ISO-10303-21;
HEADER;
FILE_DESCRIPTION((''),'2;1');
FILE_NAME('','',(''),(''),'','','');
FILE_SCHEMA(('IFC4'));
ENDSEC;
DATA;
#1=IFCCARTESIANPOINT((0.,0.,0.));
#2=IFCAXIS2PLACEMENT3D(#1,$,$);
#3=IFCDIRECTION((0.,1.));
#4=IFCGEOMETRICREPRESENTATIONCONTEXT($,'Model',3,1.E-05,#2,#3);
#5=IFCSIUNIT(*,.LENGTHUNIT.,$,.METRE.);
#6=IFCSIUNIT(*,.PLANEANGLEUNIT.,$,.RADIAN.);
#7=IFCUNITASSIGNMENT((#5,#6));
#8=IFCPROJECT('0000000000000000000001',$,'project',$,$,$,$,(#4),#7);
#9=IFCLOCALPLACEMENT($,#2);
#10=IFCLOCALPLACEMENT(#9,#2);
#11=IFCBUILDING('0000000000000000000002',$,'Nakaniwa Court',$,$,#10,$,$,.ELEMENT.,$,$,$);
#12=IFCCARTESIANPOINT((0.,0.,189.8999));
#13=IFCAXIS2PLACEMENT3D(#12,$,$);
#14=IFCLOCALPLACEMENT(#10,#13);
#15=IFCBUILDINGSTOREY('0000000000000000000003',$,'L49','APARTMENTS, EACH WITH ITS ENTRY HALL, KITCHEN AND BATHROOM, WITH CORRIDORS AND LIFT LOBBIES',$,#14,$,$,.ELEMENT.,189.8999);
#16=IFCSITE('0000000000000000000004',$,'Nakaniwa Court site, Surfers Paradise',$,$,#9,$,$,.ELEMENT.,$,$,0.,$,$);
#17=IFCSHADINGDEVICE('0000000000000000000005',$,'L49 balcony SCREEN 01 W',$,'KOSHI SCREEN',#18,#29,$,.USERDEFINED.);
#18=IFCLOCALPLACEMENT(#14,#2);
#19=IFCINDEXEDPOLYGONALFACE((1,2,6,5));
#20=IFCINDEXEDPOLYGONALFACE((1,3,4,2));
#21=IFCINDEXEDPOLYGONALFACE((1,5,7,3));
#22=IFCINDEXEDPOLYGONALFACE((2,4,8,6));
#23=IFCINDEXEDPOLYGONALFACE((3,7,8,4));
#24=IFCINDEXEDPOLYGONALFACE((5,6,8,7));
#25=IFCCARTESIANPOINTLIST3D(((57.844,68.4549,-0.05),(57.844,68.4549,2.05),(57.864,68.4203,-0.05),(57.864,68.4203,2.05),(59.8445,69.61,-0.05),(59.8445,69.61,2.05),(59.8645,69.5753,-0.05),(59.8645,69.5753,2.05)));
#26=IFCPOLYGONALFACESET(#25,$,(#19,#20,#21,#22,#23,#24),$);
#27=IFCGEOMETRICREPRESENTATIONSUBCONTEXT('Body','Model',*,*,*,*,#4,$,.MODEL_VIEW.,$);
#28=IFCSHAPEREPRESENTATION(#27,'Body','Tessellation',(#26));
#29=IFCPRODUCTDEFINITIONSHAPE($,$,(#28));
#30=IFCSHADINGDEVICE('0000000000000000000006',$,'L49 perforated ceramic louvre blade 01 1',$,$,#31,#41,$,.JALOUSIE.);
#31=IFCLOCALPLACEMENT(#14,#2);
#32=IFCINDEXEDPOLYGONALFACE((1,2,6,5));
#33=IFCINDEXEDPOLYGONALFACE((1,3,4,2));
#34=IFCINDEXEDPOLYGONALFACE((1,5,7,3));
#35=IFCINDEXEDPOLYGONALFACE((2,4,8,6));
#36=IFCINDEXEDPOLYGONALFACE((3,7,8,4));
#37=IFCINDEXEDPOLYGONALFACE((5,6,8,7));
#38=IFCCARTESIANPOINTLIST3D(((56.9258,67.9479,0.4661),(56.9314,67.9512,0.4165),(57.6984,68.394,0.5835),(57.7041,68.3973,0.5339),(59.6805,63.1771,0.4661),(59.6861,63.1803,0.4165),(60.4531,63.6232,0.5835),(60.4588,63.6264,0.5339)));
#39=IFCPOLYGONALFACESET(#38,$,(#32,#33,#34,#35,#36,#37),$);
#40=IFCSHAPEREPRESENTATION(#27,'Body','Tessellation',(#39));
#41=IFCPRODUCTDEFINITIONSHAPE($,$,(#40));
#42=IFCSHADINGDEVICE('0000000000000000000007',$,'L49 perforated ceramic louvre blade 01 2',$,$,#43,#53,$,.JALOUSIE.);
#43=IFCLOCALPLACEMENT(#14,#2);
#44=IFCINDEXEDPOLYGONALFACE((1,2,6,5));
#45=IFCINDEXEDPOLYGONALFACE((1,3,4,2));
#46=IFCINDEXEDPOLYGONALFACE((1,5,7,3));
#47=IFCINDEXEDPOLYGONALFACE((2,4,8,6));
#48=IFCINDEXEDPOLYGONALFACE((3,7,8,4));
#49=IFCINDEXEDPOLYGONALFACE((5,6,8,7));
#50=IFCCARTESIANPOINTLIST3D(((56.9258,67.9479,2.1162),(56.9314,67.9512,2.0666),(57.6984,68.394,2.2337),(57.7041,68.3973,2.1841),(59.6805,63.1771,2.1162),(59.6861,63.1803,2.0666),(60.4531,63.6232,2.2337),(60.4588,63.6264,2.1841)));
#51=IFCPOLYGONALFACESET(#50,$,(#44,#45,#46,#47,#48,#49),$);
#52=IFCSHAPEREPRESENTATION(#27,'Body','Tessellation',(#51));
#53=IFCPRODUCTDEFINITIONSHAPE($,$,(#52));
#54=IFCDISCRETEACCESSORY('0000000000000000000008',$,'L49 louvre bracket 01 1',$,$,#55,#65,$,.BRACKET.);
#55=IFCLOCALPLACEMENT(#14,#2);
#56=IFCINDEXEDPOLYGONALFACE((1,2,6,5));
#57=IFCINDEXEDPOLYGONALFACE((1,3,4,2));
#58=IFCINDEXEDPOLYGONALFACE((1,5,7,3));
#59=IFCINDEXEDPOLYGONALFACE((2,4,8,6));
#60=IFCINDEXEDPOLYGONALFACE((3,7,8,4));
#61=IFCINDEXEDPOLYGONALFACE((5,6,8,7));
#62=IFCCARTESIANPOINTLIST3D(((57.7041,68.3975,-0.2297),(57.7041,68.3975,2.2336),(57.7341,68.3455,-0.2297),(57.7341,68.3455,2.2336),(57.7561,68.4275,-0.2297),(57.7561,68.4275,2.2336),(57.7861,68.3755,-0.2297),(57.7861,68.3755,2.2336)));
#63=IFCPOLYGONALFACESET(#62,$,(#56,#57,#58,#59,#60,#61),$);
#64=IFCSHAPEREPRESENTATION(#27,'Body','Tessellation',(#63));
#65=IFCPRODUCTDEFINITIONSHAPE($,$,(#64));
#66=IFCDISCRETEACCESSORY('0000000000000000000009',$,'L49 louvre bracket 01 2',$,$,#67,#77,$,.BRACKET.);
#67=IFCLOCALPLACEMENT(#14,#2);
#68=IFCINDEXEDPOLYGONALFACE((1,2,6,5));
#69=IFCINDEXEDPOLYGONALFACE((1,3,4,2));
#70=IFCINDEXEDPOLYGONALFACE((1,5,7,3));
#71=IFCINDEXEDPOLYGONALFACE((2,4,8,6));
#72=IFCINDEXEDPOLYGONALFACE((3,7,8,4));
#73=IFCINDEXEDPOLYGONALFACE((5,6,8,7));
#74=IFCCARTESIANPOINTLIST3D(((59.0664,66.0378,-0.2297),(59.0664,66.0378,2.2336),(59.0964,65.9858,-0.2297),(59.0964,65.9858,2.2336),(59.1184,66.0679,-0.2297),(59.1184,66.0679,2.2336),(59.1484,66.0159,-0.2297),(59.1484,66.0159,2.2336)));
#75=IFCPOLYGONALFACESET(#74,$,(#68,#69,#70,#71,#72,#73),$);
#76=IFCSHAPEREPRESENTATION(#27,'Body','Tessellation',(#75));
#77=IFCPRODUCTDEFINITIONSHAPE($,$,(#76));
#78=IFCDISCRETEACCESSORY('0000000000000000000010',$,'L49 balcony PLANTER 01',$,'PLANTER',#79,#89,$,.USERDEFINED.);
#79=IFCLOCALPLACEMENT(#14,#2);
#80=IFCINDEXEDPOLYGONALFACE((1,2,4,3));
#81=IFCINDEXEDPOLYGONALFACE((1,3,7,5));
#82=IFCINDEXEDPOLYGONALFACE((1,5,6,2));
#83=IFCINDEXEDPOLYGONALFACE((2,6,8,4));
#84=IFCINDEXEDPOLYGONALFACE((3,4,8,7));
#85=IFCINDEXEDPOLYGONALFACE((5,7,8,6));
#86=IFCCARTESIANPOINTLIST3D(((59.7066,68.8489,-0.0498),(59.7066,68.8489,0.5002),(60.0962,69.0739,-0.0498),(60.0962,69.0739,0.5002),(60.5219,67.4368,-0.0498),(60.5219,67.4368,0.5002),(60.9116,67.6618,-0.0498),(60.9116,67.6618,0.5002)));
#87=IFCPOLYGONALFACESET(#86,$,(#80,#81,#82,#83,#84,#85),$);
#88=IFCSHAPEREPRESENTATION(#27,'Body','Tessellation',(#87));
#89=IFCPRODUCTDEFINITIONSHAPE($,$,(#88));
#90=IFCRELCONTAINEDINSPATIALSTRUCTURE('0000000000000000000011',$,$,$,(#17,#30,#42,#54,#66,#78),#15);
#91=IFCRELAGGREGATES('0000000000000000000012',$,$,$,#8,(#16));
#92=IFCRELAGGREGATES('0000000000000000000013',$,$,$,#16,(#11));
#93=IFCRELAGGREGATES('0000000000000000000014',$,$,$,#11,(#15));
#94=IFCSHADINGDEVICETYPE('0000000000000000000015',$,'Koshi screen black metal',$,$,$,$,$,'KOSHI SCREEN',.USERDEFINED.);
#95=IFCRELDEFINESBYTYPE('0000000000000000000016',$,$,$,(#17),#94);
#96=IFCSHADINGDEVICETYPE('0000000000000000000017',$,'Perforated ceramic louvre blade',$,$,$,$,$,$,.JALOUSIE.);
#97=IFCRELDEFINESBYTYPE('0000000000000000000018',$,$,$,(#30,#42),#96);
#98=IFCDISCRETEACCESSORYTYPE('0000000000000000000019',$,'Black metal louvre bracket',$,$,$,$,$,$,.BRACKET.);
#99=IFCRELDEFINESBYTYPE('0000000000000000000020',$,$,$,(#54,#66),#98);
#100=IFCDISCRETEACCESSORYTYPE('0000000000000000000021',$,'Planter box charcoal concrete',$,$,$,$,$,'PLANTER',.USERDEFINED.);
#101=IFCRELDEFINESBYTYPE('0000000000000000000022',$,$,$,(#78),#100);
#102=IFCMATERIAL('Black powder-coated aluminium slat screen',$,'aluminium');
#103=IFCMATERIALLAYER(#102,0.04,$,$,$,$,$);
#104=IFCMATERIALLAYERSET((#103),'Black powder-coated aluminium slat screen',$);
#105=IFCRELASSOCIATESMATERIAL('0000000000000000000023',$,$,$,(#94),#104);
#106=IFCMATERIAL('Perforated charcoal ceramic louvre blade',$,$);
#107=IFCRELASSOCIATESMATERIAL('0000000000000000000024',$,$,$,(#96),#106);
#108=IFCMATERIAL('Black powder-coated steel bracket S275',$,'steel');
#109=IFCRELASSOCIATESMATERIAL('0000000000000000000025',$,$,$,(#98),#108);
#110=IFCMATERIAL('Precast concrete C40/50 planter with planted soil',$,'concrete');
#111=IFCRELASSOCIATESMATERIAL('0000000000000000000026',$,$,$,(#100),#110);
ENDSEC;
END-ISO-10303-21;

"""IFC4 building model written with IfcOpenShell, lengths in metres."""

from ifc_helpers import new_model, si_unit, direction, frame, origin, origin_2d, place, context, subcontext, project, spatial, rectangle, extrude, material, layer, layer_set, material_profile, profile_set, type_object, element, save


model = new_model("IFC4")

# Units and contexts
model_context = context("Model", 3, precision=1e-05, world=origin(), true_north=direction((0.0, 1.0)))
body_context = subcontext(model_context, "Body", "Model", "MODEL_VIEW")
ifc_project = project(units=[si_unit("LENGTHUNIT", "METRE"), si_unit("PLANEANGLEUNIT", "RADIAN")], contexts=[model_context])

# Site, building, storey
site_placement = place(None, origin())
site = spatial("IfcSite", under=ifc_project, at=site_placement, Name="Nakaniwa Court site, Surfers Paradise", CompositionType="ELEMENT", RefElevation=0.0)
building_placement = place(site_placement, origin())
building = spatial("IfcBuilding", under=site, at=building_placement, Name="Nakaniwa Court", CompositionType="ELEMENT")
storey_placement = place(building_placement, frame((0.0, 0.0, 189.8999)))
storey = spatial("IfcBuildingStorey", under=building, at=storey_placement, Name="L49", Description="APARTMENTS, EACH WITH ITS ENTRY HALL, KITCHEN AND BATHROOM, WITH CORRIDORS AND LIFT LOBBIES", CompositionType="ELEMENT", Elevation=189.8999)

# Shading devices
ifc_material_1 = material(Name="Black powder-coated aluminium slat screen", Category="aluminium")
ifc_layer_1 = layer(ifc_material_1, 0.04)
ifc_layer_set_1 = layer_set([ifc_layer_1], Name="Black powder-coated aluminium slat screen")
shading_device_type_1 = type_object("IfcShadingDeviceType", Name="Koshi screen black metal", ElementType="KOSHI SCREEN", PredefinedType="USERDEFINED", material=ifc_layer_set_1)
shading_device_placement = place(storey_placement, frame((58.8542, 69.0151, -0.05), z_axis=(0.0, 0.0, 1.0), x_axis=(0.500017, -0.866016, 0.0)))
element("IfcShadingDevice", 1, at=shading_device_placement, inside=storey, type_object=shading_device_type_1, Name="L49 balcony SCREEN 01 W", ObjectType="KOSHI SCREEN", PredefinedType="USERDEFINED", context=body_context, shape_type="SweptSolid", body=[
    extrude(rectangle(XDim=0.04, YDim=2.3101, at=origin_2d()), origin(), (0.0, 0.0, 1.0), 2.1001),
])
ifc_material_2 = material(Name="Perforated charcoal ceramic louvre blade")
ifc_material_profile_1 = material_profile(ifc_material_2, rectangle(XDim=0.8999, YDim=0.05, at=origin_2d()), Name="Perforated ceramic louvre blade")
ifc_profile_set_1 = profile_set([ifc_material_profile_1], Name="Perforated charcoal ceramic louvre blade")
shading_device_type_2 = type_object("IfcShadingDeviceType", Name="Perforated ceramic louvre blade", PredefinedType="JALOUSIE", material=ifc_profile_set_1)
for number, where, z_axis, x_axis, name in (
    (2, (57.3149, 68.1726, 0.5), (0.500033, -0.866006, 0.0), (0.858597, 0.495755, 0.130526), "L49 perforated ceramic louvre blade 01 1"),
    (3, (57.3149, 68.1726, 2.1501), (0.500033, -0.866006, 0.0), (0.858597, 0.495755, 0.130526), "L49 perforated ceramic louvre blade 01 2"),
):
    element("IfcShadingDevice", number, at=place(storey_placement, frame(where, z_axis=z_axis, x_axis=x_axis)), inside=storey, type_object=shading_device_type_2, Name=name, PredefinedType="JALOUSIE", context=body_context, shape_type="SweptSolid", body=[
        extrude(rectangle(XDim=0.8999, YDim=0.05, at=origin_2d()), origin(), (0.0, 0.0, 1.0), 5.509),
    ])

# Discrete accessories
ifc_material_3 = material(Name="Black powder-coated steel bracket S275", Category="steel")
discrete_accessory_type_1 = type_object("IfcDiscreteAccessoryType", Name="Black metal louvre bracket", PredefinedType="BRACKET", material=ifc_material_3)
for number, where, z_axis, x_axis, name in (
    (4, (57.7451, 68.3865, -0.2297), (0.0, 0.0, 1.0), (0.500017, -0.866016, 0.0), "L49 louvre bracket 01 1"),
    (5, (59.1074, 66.0269, -0.2297), (0.0, 0.0, 1.0), (0.500017, -0.866016, 0.0), "L49 louvre bracket 01 2"),
):
    element("IfcDiscreteAccessory", number, at=place(storey_placement, frame(where, z_axis=z_axis, x_axis=x_axis)), inside=storey, type_object=discrete_accessory_type_1, Name=name, PredefinedType="BRACKET", context=body_context, shape_type="SweptSolid", body=[
        extrude(rectangle(XDim=0.0601, YDim=0.0601, at=origin_2d()), origin(), (0.0, 0.0, 1.0), 2.4634),
    ])
ifc_material_4 = material(Name="Precast concrete C40/50 planter with planted soil", Category="concrete")
discrete_accessory_type_2 = type_object("IfcDiscreteAccessoryType", Name="Planter box charcoal concrete", ElementType="PLANTER", PredefinedType="USERDEFINED", material=ifc_material_4)
discrete_accessory_placement = place(storey_placement, frame((60.3091, 68.2554, -0.0498), z_axis=(0.0, 0.0, 1.0), x_axis=(0.500017, -0.866016, 0.0)))
element("IfcDiscreteAccessory", 6, at=discrete_accessory_placement, inside=storey, type_object=discrete_accessory_type_2, Name="L49 balcony PLANTER 01", ObjectType="PLANTER", PredefinedType="USERDEFINED", context=body_context, shape_type="SweptSolid", body=[
    extrude(rectangle(XDim=1.6306, YDim=0.45, at=origin_2d()), origin(), (0.0, 0.0, 1.0), 0.55),
])

save(model, "model.ifc")
